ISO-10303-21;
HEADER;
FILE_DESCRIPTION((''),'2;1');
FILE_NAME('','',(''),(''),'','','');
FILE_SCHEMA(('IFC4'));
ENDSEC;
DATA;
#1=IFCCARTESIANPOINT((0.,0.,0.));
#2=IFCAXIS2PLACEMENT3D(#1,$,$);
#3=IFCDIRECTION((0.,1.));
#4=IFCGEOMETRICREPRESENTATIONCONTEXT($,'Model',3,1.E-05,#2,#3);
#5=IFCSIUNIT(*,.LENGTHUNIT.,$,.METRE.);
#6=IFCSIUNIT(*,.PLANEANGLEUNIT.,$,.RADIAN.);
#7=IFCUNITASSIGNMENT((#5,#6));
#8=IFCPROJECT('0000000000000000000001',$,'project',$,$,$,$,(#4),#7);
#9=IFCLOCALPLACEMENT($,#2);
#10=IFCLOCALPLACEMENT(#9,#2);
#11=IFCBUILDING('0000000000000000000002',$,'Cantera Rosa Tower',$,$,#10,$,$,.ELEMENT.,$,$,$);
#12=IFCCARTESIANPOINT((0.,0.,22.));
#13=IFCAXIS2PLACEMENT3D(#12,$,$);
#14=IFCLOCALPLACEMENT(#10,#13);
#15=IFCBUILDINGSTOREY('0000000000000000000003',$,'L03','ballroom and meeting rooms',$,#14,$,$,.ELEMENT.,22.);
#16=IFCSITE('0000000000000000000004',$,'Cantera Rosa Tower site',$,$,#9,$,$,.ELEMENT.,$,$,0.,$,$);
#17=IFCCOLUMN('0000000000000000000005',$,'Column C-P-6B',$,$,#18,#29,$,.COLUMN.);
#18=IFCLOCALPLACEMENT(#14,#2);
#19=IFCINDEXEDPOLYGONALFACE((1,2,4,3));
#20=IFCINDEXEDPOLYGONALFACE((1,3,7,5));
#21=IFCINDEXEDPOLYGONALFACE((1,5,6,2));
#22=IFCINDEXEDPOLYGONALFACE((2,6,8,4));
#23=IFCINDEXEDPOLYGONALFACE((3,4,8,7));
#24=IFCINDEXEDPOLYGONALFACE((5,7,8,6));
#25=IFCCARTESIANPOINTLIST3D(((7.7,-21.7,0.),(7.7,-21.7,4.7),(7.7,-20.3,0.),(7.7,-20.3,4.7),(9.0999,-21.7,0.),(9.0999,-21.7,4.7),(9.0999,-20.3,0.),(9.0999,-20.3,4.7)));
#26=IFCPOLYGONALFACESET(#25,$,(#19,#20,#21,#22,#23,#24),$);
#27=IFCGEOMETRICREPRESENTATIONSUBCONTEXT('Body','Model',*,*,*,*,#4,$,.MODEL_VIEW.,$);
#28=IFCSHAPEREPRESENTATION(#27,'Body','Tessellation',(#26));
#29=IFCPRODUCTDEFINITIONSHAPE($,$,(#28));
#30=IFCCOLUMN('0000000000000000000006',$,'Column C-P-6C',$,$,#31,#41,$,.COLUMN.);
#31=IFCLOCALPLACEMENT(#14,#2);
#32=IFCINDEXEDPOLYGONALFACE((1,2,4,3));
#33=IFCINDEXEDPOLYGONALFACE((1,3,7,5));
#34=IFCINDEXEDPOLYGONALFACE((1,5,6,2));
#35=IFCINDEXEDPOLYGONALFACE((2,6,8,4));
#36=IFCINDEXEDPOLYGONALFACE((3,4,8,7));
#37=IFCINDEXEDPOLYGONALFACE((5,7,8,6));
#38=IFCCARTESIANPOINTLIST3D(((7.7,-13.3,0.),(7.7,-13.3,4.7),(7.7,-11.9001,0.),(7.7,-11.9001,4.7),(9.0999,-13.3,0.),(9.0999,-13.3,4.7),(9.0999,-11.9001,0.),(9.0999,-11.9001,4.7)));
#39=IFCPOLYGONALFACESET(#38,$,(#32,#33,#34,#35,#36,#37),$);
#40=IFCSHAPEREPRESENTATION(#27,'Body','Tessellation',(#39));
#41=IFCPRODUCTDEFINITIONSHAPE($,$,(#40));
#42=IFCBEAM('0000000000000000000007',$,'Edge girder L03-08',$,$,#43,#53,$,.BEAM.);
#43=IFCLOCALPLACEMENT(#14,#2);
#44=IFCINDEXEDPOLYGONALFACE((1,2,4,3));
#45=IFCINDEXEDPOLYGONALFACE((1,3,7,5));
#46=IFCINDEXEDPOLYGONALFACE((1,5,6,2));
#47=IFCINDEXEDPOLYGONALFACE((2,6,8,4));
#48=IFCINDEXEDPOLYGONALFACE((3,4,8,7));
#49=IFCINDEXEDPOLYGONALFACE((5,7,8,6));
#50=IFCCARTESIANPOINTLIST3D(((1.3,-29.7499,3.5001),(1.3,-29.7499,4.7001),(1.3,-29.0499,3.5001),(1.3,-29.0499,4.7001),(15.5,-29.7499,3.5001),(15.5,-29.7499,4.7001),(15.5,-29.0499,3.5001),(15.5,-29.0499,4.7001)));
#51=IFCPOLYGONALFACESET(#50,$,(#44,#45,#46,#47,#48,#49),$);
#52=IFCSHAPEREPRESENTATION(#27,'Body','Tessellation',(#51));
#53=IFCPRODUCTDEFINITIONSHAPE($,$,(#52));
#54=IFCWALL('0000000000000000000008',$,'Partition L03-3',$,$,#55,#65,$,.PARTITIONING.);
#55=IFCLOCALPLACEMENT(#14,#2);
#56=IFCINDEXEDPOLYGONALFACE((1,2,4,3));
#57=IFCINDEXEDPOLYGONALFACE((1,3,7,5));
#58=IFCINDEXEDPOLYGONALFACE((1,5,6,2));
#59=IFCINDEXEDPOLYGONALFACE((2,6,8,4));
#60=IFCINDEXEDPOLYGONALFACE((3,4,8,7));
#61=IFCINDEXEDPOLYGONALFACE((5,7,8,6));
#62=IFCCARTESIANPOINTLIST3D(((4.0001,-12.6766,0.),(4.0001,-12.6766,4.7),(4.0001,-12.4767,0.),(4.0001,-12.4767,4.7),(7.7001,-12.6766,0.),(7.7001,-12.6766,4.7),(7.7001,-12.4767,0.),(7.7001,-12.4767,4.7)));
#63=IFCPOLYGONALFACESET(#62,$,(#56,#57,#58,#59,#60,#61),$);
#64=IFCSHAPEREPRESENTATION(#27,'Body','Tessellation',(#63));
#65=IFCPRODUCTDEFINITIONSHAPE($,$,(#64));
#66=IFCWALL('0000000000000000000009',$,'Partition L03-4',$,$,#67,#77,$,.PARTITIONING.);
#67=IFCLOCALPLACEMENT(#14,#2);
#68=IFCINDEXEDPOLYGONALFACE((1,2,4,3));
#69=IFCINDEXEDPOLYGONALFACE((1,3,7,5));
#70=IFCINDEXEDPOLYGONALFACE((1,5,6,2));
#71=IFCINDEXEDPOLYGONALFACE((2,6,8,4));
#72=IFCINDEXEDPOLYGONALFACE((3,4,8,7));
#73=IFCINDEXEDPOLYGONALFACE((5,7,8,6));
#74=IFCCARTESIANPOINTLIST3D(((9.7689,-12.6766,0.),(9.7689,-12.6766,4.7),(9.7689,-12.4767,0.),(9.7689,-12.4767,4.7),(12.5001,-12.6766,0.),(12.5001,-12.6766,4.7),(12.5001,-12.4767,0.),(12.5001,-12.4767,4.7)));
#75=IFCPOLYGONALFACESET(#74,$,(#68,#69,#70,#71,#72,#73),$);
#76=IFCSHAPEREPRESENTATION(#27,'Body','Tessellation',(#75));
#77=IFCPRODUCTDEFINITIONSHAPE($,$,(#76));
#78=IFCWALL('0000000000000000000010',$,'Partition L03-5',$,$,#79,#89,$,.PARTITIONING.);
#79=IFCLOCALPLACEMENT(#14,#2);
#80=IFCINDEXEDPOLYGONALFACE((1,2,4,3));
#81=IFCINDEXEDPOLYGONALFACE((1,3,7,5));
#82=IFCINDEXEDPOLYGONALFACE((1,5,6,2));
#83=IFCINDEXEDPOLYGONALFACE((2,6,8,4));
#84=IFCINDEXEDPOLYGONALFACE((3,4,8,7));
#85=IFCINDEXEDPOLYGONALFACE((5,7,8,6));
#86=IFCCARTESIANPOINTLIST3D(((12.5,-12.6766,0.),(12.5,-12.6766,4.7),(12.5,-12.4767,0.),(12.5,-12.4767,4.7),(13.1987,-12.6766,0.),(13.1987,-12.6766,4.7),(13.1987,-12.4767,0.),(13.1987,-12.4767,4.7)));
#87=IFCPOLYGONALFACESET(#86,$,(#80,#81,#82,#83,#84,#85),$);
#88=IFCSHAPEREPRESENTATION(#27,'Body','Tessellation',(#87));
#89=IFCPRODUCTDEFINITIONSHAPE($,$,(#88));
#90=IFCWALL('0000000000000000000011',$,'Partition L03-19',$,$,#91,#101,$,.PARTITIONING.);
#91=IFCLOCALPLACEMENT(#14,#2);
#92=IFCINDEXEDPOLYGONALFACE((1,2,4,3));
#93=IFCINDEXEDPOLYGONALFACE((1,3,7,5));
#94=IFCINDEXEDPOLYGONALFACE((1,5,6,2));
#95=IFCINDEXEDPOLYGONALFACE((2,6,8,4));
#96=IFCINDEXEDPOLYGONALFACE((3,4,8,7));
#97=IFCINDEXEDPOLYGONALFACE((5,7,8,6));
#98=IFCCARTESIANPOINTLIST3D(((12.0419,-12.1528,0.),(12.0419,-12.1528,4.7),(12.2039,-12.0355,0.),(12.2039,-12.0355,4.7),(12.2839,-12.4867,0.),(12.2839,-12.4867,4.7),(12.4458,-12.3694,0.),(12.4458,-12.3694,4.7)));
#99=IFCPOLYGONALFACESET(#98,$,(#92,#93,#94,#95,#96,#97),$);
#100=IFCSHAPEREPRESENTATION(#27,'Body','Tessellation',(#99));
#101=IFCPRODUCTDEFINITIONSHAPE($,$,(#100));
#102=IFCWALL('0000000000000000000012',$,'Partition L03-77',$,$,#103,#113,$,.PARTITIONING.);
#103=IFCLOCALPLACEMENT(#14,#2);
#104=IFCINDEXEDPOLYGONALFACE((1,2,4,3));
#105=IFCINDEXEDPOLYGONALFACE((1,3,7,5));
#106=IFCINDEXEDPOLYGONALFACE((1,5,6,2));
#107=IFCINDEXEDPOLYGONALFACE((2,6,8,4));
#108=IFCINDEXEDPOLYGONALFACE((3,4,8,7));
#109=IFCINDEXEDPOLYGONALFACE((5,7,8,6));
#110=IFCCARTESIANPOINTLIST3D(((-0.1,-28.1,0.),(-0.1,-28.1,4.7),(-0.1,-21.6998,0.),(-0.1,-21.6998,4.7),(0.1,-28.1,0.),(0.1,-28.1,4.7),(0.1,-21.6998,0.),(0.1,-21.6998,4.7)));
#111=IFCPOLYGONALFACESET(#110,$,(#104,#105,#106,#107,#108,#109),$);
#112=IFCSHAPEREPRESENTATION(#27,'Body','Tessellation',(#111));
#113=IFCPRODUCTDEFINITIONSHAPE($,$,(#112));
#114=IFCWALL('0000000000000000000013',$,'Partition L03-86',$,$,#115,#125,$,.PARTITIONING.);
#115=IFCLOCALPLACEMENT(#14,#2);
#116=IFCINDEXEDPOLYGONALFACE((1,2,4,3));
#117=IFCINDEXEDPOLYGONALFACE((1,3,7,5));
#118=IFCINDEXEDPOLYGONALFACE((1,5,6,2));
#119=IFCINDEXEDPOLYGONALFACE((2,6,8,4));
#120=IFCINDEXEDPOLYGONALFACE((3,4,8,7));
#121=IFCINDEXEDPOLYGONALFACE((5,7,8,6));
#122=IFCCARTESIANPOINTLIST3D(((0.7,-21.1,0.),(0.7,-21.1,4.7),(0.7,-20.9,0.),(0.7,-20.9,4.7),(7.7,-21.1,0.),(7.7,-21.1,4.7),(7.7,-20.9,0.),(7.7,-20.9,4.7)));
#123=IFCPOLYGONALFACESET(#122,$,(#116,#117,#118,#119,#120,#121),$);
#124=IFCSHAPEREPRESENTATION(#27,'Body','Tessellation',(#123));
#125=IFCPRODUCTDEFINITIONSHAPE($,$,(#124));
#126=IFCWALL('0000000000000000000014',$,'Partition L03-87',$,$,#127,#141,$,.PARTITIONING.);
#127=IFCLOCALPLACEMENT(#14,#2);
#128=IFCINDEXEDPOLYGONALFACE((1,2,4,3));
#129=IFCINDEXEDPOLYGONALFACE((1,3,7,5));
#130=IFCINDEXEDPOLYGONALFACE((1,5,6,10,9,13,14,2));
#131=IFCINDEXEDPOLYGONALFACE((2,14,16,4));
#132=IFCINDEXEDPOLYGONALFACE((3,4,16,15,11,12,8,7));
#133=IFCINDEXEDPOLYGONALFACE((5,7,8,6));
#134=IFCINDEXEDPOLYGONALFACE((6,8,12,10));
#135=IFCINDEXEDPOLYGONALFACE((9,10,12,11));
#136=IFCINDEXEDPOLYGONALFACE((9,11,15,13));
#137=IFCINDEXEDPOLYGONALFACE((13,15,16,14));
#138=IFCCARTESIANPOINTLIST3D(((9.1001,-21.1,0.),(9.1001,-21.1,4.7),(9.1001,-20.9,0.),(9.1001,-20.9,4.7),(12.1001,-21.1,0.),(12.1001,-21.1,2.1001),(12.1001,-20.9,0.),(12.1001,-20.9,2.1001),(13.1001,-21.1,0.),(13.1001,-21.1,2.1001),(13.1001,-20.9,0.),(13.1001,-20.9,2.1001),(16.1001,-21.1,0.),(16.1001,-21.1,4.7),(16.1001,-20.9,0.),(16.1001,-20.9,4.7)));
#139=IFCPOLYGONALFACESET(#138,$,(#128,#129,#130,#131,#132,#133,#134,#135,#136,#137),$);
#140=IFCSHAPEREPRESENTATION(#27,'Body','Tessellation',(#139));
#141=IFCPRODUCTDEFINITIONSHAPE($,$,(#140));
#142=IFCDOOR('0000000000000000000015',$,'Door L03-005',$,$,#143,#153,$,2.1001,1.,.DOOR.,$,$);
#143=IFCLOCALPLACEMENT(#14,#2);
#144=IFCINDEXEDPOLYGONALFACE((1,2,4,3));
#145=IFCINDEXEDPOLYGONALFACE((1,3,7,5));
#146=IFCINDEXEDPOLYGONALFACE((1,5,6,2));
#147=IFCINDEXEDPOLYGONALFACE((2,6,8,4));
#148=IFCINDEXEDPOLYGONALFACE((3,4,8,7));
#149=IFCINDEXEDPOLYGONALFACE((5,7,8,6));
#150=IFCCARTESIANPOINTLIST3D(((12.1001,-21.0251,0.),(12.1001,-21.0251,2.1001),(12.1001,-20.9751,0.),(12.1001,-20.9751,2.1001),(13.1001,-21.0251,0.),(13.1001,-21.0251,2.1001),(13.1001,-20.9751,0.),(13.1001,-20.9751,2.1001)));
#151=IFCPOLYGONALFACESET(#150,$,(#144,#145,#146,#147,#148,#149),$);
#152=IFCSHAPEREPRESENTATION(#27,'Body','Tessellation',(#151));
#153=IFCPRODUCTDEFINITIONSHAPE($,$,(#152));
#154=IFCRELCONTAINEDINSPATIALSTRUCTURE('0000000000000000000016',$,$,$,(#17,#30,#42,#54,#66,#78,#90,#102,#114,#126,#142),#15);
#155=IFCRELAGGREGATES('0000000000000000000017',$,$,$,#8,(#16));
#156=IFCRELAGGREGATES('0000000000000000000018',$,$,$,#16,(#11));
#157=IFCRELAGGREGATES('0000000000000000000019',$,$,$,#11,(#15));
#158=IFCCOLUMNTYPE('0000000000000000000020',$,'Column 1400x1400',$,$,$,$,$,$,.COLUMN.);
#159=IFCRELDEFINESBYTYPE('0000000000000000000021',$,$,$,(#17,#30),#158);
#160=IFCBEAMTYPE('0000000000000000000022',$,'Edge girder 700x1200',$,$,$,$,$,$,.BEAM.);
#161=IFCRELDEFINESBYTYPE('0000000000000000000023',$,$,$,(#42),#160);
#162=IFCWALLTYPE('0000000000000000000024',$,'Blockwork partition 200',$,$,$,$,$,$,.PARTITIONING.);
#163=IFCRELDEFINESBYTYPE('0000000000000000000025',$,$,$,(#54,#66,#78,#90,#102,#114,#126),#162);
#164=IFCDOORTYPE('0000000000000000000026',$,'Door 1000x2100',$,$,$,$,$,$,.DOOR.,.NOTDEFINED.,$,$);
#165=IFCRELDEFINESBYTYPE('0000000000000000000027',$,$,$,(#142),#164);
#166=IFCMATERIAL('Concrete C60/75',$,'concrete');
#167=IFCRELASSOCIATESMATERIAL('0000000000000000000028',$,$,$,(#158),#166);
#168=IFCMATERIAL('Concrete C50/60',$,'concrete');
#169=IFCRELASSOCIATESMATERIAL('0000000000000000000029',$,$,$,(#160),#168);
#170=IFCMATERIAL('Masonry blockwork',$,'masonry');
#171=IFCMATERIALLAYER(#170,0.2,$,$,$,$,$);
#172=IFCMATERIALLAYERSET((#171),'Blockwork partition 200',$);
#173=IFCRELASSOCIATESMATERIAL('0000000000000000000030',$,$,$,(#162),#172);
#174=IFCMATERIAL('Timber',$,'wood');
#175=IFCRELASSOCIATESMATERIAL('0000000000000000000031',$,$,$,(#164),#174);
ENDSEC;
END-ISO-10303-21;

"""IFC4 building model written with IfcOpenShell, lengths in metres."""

from ifc_helpers import new_model, si_unit, direction, frame, frame_2d, origin, origin_2d, place, context, subcontext, project, spatial, rectangle, extrude, material, layer, layer_set, material_profile, profile_set, type_object, element, fill, save


model = new_model("IFC4")

# Units and contexts
model_context = context("Model", 3, precision=1e-05, world=origin(), true_north=direction((0.0, 1.0)))
body_context = subcontext(model_context, "Body", "Model", "MODEL_VIEW")
ifc_project = project(units=[si_unit("LENGTHUNIT", "METRE"), si_unit("PLANEANGLEUNIT", "RADIAN")], contexts=[model_context])

# Site, building, storey
site_placement = place(None, origin())
site = spatial("IfcSite", under=ifc_project, at=site_placement, Name="Cantera Rosa Tower site", CompositionType="ELEMENT", RefElevation=0.0)
building_placement = place(site_placement, origin())
building = spatial("IfcBuilding", under=site, at=building_placement, Name="Cantera Rosa Tower", CompositionType="ELEMENT")
storey_placement = place(building_placement, frame((0.0, 0.0, 22.0)))
storey = spatial("IfcBuildingStorey", under=building, at=storey_placement, Name="L03", Description="ballroom and meeting rooms", CompositionType="ELEMENT", Elevation=22.0)

# Columns
ifc_material_1 = material(Name="Concrete C60/75", Category="concrete")
ifc_material_profile_1 = material_profile(ifc_material_1, rectangle(XDim=1.3999, YDim=1.3999, at=origin_2d()), Name="Column 1400x1400")
ifc_profile_set_1 = profile_set([ifc_material_profile_1], Name="Concrete C60/75")
column_type = type_object("IfcColumnType", Name="Column 1400x1400", PredefinedType="COLUMN", material=ifc_profile_set_1)
for number, where, z_axis, x_axis, name in (
    (1, (8.3999, -21.0, 0.0), (0.0, 0.0, 1.0), (1.0, 0.0, 0.0), "Column C-P-6B"),
    (2, (8.3999, -12.6001, 0.0), (0.0, 0.0, 1.0), (1.0, 0.0, 0.0), "Column C-P-6C"),
):
    element("IfcColumn", number, at=place(storey_placement, frame(where, z_axis=z_axis, x_axis=x_axis)), inside=storey, type_object=column_type, Name=name, PredefinedType="COLUMN", context=body_context, shape_type="SweptSolid", body=[
        extrude(rectangle(XDim=1.3999, YDim=1.3999, at=origin_2d()), origin(), (0.0, 0.0, 1.0), 4.7),
    ])

# Beam
ifc_material_2 = material(Name="Concrete C50/60", Category="concrete")
ifc_material_profile_2 = material_profile(ifc_material_2, rectangle(XDim=0.7, YDim=1.2, at=origin_2d()), Name="Edge girder 700x1200")
ifc_profile_set_2 = profile_set([ifc_material_profile_2], Name="Concrete C50/60")
beam_type = type_object("IfcBeamType", Name="Edge girder 700x1200", PredefinedType="BEAM", material=ifc_profile_set_2)
beam_placement = place(storey_placement, frame((1.3, -29.3999, 4.1001), z_axis=(1.0, 0.0, 0.0), x_axis=(0.0, 1.0, 0.0)))
element("IfcBeam", 3, at=beam_placement, inside=storey, type_object=beam_type, Name="Edge girder L03-08", PredefinedType="BEAM", context=body_context, shape_type="SweptSolid", body=[
    extrude(rectangle(XDim=0.7, YDim=1.2, at=origin_2d()), origin(), (0.0, 0.0, 1.0), 14.2),
])

# Walls
ifc_material_3 = material(Name="Masonry blockwork", Category="masonry")
ifc_layer_1 = layer(ifc_material_3, 0.2)
ifc_layer_set_1 = layer_set([ifc_layer_1], Name="Blockwork partition 200")
wall_type_1 = type_object("IfcWallType", Name="Blockwork partition 200", PredefinedType="PARTITIONING", material=ifc_layer_set_1)
wall_1_placement = place(storey_placement, frame((4.0, -12.5767, 0.0), z_axis=(0.0, 0.0, 1.0), x_axis=(1.0, 0.0, 0.0)))
element("IfcWall", 4, at=wall_1_placement, inside=storey, type_object=wall_type_1, Name="Partition L03-3", PredefinedType="PARTITIONING", context=body_context, shape_type="SweptSolid", body=[
    extrude(rectangle(XDim=3.7, YDim=0.2, at=frame_2d((1.8501, 0.0))), origin(), (0.0, 0.0, 1.0), 4.7),
])
wall_2_placement = place(storey_placement, frame((9.7688, -12.5767, 0.0), z_axis=(0.0, 0.0, 1.0), x_axis=(1.0, 0.0, 0.0)))
element("IfcWall", 5, at=wall_2_placement, inside=storey, type_object=wall_type_1, Name="Partition L03-4", PredefinedType="PARTITIONING", context=body_context, shape_type="SweptSolid", body=[
    extrude(rectangle(XDim=2.7312, YDim=0.2, at=frame_2d((1.3657, 0.0))), origin(), (0.0, 0.0, 1.0), 4.7),
])
wall_3_placement = place(storey_placement, frame((12.5, -12.5767, 0.0), z_axis=(0.0, 0.0, 1.0), x_axis=(1.0, 0.0, 0.0)))
element("IfcWall", 6, at=wall_3_placement, inside=storey, type_object=wall_type_1, Name="Partition L03-5", PredefinedType="PARTITIONING", context=body_context, shape_type="SweptSolid", body=[
    extrude(rectangle(XDim=0.6987, YDim=0.2, at=frame_2d((0.3494, 0.0))), origin(), (0.0, 0.0, 1.0), 4.7),
])
wall_4_placement = place(storey_placement, frame((12.3647, -12.428, 0.0), z_axis=(0.0, 0.0, 1.0), x_axis=(-0.586657, 0.809835, 0.0)))
element("IfcWall", 7, at=wall_4_placement, inside=storey, type_object=wall_type_1, Name="Partition L03-19", PredefinedType="PARTITIONING", context=body_context, shape_type="SweptSolid", body=[
    extrude(rectangle(XDim=0.4124, YDim=0.2, at=frame_2d((0.2061, 0.0))), origin(), (0.0, 0.0, 1.0), 4.7),
])
wall_5_placement = place(storey_placement, frame((0.0, -28.1001, 0.0), z_axis=(0.0, 0.0, 1.0), x_axis=(0.0, 1.0, 0.0)))
element("IfcWall", 8, at=wall_5_placement, inside=storey, type_object=wall_type_1, Name="Partition L03-77", PredefinedType="PARTITIONING", context=body_context, shape_type="SweptSolid", body=[
    extrude(rectangle(XDim=6.4001, YDim=0.2, at=frame_2d((3.2002, 0.0))), origin(), (0.0, 0.0, 1.0), 4.7),
])
wall_6_placement = place(storey_placement, frame((0.7, -21.0, 0.0), z_axis=(0.0, 0.0, 1.0), x_axis=(1.0, 0.0, 0.0)))
element("IfcWall", 9, at=wall_6_placement, inside=storey, type_object=wall_type_1, Name="Partition L03-86", PredefinedType="PARTITIONING", context=body_context, shape_type="SweptSolid", body=[
    extrude(rectangle(XDim=7.0, YDim=0.2, at=frame_2d((3.5, 0.0))), origin(), (0.0, 0.0, 1.0), 4.7),
])

# Wall, opening, door
wall_7_placement = place(storey_placement, frame((9.1001, -21.0, 0.0), z_axis=(0.0, 0.0, 1.0), x_axis=(1.0, 0.0, 0.0)))
wall_7 = element("IfcWall", 10, at=wall_7_placement, inside=storey, type_object=wall_type_1, Name="Partition L03-87", PredefinedType="PARTITIONING", context=body_context, shape_type="SweptSolid", body=[
    extrude(rectangle(XDim=7.0, YDim=0.2, at=frame_2d((3.5, 0.0))), origin(), (0.0, 0.0, 1.0), 4.7),
])
opening_1_placement = place(wall_7_placement, frame((3.0, 0.0, 0.0)))
opening_1 = element("IfcOpeningElement", 11, at=opening_1_placement, cuts=wall_7, PredefinedType="OPENING", context=body_context, shape_type="SweptSolid", body=[
    extrude(rectangle(XDim=1.0, YDim=2.1001, at=frame_2d((0.5, 1.05))), frame((0.0, 0.1099, 0.0), z_axis=(0.0, -1.0, 0.0), x_axis=(1.0, 0.0, 0.0)), (0.0, 0.0, 1.0), 0.22),
])
ifc_material_4 = material(Name="Timber", Category="wood")
door_type_1 = type_object("IfcDoorType", Name="Door 1000x2100", OperationType="NOTDEFINED", PredefinedType="DOOR", material=ifc_material_4)
door_1_placement = place(opening_1_placement, origin())
door_1 = element("IfcDoor", 12, at=door_1_placement, inside=storey, type_object=door_type_1, Name="Door L03-005", OverallHeight=2.1001, OverallWidth=1.0, PredefinedType="DOOR", context=body_context, shape_type="SweptSolid", body=[
    extrude(rectangle(XDim=1.0, YDim=2.1001, at=frame_2d((0.5, 1.05))), frame((0.0, 0.0249, 0.0), z_axis=(0.0, -1.0, 0.0), x_axis=(1.0, 0.0, 0.0)), (0.0, 0.0, 1.0), 0.05),
])
fill(opening_1, door_1)

save(model, "model.ifc")
